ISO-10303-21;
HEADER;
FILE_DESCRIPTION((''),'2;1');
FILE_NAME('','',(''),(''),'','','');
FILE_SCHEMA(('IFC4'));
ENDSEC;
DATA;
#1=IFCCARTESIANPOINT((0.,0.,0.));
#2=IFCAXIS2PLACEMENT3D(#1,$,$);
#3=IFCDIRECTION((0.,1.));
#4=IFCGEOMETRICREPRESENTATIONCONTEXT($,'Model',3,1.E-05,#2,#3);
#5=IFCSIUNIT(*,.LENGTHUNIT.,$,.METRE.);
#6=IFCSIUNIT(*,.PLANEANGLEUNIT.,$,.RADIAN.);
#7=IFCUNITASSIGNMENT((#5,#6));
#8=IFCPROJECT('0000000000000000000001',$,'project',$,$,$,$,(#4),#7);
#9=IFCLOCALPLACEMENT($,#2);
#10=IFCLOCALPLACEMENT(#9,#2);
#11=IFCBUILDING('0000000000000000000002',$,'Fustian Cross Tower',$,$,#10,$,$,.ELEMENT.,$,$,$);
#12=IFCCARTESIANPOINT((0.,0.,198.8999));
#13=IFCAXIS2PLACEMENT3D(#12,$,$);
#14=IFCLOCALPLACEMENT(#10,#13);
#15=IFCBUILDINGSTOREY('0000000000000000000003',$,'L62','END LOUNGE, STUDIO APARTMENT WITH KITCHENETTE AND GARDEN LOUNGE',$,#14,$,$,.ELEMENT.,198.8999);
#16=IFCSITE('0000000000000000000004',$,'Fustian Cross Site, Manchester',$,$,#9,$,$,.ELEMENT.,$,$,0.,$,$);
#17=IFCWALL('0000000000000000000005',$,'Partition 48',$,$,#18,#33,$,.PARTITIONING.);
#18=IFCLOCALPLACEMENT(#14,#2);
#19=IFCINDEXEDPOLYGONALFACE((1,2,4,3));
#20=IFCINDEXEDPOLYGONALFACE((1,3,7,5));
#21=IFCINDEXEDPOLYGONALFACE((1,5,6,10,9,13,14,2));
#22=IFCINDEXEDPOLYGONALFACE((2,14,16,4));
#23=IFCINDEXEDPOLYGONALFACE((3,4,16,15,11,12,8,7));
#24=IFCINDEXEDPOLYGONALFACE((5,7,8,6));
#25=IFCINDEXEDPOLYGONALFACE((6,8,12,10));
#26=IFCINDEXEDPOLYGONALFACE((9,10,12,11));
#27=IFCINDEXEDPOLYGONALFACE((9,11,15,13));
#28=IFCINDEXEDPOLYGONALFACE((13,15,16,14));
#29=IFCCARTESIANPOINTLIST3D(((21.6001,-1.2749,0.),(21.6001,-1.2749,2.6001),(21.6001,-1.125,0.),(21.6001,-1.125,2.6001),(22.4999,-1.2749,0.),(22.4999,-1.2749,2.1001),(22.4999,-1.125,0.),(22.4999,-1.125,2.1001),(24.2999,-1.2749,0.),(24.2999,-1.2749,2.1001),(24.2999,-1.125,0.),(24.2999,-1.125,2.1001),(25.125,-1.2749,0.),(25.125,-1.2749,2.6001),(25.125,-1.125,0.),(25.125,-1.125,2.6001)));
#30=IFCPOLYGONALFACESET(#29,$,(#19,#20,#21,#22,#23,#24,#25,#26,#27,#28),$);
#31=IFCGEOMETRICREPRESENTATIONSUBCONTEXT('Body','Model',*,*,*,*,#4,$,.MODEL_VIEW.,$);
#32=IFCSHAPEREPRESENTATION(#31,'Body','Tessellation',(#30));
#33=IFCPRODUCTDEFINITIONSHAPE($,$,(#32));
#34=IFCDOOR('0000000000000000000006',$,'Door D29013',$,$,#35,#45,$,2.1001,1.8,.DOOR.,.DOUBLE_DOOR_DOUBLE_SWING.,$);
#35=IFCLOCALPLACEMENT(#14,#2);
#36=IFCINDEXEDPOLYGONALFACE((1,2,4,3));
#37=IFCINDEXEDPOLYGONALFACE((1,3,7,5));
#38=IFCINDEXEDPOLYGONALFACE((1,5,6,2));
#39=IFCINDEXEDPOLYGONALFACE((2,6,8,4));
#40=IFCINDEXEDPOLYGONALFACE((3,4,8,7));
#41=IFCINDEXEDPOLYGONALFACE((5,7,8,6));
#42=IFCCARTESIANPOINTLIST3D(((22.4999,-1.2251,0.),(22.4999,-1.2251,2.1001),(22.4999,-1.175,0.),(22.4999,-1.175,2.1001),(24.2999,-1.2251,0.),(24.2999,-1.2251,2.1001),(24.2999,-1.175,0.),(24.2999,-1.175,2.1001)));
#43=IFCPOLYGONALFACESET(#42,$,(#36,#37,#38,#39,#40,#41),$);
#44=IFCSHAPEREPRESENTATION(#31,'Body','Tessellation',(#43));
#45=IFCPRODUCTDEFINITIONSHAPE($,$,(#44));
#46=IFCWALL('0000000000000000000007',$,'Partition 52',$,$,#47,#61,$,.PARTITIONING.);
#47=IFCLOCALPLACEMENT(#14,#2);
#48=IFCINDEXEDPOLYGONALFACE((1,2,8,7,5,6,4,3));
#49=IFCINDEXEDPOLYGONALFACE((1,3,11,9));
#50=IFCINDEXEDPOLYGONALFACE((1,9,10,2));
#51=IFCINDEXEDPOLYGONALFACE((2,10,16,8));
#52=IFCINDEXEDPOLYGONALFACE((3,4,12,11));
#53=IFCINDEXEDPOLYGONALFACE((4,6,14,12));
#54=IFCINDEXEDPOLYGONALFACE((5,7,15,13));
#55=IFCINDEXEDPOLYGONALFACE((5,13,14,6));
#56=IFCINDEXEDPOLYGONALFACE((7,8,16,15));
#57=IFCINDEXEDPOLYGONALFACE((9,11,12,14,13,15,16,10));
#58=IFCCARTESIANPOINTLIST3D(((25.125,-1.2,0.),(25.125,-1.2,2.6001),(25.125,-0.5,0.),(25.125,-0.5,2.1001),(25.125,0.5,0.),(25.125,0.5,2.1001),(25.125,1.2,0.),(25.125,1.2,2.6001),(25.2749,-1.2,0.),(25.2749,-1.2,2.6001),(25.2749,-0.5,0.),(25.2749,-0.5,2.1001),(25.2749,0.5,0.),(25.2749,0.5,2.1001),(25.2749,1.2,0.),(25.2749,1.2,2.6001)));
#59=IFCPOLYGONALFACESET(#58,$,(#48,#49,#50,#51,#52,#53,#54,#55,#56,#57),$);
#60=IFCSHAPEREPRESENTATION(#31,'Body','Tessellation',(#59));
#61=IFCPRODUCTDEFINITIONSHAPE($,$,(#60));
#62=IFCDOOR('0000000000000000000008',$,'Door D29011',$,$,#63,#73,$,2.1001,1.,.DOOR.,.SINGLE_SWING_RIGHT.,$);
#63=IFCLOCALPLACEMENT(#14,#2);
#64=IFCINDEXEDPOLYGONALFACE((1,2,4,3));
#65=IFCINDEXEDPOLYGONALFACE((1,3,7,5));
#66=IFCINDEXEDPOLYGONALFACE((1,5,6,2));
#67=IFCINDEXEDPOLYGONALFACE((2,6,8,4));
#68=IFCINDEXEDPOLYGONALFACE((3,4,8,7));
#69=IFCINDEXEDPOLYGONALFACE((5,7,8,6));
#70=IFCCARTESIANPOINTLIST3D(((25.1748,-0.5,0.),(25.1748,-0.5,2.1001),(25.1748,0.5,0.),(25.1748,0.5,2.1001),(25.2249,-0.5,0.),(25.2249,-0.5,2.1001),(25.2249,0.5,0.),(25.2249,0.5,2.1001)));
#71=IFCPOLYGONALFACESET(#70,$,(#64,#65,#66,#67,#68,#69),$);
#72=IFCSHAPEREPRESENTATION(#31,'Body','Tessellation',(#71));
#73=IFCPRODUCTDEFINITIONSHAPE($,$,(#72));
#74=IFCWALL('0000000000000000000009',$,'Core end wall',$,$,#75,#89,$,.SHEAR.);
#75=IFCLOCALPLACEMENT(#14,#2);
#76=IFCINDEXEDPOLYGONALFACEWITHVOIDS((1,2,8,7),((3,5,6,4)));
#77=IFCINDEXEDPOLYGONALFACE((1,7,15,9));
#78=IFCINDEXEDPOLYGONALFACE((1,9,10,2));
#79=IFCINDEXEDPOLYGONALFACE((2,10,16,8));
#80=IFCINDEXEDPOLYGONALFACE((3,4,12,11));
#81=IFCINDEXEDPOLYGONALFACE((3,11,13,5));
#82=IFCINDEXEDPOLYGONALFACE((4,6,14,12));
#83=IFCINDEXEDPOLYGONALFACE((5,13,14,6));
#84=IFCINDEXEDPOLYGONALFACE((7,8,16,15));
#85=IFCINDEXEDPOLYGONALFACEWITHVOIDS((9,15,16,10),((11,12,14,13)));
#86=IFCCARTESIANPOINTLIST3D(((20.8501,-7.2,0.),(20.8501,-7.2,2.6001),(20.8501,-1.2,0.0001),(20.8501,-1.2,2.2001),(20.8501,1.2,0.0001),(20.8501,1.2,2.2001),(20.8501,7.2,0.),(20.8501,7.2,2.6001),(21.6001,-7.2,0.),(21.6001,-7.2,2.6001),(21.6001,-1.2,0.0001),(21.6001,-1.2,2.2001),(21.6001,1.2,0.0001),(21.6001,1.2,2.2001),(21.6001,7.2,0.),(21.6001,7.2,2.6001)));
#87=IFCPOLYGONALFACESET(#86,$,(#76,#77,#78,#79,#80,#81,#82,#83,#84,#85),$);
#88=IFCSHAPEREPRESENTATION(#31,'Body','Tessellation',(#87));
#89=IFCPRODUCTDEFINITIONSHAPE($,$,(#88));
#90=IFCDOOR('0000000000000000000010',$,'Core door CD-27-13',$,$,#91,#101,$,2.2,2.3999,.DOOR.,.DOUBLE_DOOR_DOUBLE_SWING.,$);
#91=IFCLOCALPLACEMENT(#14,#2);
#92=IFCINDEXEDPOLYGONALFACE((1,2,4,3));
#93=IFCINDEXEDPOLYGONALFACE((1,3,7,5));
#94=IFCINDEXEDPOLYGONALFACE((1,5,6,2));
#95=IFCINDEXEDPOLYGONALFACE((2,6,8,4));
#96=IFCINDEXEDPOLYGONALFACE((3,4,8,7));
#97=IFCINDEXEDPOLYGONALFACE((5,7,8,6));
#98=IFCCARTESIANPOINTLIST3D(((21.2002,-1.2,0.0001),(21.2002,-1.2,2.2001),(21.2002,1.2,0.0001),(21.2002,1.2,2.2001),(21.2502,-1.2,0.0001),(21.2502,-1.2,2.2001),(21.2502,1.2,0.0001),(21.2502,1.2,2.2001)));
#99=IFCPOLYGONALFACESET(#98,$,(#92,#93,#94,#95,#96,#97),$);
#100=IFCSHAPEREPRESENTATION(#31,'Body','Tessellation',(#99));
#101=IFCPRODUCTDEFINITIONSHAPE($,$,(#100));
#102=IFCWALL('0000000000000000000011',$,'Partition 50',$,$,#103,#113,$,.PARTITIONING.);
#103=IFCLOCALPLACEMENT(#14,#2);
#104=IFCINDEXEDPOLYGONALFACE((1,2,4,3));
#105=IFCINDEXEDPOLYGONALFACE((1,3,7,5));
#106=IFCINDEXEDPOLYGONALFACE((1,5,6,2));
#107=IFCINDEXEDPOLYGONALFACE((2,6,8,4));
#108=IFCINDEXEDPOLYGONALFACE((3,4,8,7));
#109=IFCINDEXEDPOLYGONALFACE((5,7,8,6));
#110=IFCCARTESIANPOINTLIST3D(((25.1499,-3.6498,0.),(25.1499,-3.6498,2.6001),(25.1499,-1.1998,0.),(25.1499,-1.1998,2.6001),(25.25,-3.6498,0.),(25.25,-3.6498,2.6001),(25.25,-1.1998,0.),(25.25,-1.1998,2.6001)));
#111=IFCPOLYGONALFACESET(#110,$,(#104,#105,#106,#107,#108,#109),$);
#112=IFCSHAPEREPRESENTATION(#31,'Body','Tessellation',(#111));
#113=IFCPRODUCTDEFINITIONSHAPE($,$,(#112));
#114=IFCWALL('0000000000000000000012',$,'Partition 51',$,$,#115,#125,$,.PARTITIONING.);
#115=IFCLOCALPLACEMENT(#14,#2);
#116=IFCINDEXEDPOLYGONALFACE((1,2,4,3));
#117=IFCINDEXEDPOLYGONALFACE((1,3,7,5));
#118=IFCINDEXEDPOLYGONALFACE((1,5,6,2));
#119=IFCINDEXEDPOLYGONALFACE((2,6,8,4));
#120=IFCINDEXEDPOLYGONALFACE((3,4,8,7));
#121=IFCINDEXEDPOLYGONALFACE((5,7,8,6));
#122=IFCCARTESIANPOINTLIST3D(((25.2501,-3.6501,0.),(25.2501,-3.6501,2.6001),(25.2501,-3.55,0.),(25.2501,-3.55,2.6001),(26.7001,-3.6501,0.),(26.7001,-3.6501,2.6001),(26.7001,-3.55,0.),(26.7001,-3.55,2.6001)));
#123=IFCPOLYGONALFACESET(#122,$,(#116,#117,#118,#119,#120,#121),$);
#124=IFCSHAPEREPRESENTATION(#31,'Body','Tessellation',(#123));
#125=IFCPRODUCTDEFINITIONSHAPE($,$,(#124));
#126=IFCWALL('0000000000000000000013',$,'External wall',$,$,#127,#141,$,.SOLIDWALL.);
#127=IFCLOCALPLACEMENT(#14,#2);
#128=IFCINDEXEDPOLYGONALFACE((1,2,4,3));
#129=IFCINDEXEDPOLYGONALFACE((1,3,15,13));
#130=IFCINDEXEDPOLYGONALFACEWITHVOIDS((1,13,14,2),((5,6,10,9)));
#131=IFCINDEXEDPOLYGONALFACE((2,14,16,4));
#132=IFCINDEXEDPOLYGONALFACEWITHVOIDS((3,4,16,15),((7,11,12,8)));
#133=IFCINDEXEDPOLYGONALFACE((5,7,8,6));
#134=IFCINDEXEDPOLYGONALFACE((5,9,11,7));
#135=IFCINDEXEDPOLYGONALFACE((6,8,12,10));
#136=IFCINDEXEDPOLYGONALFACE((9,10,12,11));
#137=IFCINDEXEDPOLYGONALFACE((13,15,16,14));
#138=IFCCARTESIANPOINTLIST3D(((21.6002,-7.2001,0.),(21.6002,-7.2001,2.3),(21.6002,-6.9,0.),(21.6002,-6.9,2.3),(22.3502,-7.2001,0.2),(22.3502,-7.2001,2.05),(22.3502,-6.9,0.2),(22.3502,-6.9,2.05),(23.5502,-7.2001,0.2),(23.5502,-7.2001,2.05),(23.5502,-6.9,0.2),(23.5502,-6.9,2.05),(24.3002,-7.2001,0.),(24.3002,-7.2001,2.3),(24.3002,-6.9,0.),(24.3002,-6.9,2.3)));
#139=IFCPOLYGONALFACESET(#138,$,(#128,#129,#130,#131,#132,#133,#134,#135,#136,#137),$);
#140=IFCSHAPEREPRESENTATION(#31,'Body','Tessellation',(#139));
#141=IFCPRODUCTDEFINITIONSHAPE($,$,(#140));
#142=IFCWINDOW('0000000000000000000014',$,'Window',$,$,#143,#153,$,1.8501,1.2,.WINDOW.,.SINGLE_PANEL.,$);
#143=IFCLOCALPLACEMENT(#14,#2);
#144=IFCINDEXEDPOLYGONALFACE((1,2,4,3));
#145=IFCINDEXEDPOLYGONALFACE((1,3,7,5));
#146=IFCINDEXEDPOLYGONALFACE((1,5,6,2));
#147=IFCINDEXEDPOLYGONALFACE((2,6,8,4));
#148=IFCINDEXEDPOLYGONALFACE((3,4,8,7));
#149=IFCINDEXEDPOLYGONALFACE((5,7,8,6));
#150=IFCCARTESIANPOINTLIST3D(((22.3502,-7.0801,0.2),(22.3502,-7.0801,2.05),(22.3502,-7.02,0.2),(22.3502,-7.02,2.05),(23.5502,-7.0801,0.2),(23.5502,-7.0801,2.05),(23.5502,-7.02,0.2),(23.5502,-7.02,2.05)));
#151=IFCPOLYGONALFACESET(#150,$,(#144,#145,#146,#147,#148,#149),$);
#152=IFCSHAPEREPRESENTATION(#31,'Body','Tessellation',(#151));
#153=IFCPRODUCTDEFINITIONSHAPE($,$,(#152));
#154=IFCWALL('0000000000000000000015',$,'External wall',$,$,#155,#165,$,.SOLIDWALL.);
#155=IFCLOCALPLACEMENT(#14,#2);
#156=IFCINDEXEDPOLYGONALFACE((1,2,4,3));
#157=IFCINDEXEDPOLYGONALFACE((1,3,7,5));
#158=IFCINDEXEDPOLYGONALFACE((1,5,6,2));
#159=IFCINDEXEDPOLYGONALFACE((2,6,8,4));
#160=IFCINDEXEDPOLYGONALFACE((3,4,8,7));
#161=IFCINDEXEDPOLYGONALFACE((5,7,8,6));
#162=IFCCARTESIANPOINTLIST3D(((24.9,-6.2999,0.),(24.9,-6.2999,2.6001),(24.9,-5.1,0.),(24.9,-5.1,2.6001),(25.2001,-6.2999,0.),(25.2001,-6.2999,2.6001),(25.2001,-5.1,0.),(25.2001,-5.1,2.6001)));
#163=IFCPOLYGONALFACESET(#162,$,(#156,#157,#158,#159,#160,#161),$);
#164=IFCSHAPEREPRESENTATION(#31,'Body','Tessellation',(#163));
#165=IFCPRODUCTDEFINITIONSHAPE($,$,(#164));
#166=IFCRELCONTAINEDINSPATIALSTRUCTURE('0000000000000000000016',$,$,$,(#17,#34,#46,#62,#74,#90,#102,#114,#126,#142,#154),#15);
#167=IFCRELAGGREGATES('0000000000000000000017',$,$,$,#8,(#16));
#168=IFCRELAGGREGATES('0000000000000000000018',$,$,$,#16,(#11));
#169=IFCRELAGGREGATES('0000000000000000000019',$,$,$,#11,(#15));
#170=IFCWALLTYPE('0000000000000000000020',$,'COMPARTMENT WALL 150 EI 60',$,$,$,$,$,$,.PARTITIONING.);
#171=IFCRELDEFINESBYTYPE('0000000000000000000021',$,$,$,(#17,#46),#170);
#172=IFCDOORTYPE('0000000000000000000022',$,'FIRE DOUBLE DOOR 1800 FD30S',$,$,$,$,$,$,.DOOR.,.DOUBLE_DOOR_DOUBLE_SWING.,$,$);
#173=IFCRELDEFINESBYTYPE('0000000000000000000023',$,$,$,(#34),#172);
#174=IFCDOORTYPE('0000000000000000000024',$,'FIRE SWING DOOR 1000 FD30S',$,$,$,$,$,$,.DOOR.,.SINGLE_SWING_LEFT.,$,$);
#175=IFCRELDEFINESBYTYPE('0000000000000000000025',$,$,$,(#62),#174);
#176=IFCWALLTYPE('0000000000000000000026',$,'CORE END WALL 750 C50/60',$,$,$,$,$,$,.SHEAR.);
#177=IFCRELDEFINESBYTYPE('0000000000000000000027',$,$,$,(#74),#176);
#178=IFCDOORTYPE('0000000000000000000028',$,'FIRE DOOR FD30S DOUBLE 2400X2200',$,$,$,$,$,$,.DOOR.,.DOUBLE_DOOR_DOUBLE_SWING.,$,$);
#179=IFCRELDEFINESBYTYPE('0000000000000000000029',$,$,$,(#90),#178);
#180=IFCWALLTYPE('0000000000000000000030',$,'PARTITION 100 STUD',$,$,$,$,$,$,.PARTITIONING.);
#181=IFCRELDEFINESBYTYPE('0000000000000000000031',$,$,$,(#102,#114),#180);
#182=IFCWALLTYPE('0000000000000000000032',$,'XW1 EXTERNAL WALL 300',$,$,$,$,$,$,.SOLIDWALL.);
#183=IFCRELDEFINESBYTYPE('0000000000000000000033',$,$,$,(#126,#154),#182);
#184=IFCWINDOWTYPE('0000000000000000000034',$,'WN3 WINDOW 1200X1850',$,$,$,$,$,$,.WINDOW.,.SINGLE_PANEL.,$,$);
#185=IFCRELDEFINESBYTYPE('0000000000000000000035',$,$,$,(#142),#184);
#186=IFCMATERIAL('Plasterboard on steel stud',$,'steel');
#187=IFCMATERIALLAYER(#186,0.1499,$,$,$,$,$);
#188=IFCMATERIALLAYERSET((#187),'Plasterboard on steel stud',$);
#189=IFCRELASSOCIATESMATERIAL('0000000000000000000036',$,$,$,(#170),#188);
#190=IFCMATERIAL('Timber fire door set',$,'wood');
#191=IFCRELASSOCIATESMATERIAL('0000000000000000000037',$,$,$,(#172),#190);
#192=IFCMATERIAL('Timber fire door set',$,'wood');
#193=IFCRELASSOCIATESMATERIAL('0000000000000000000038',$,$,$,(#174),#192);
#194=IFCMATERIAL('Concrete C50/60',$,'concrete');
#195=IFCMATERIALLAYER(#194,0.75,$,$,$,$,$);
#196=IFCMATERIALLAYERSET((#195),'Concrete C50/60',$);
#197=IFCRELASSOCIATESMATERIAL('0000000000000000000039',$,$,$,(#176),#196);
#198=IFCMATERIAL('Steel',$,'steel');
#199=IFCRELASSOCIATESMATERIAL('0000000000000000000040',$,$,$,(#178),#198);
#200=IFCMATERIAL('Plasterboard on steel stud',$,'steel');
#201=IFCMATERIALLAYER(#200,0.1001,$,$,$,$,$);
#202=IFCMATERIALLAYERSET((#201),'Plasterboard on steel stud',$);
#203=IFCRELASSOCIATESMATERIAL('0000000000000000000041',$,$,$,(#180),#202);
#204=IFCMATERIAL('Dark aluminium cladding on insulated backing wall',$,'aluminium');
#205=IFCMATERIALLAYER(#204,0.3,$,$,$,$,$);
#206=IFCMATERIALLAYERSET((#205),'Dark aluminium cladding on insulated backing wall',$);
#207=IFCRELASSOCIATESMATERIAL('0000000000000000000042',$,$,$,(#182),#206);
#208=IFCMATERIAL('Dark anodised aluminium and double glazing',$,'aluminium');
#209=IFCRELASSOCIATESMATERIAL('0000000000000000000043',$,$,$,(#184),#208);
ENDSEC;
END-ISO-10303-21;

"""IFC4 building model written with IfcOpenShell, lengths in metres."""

from ifc_helpers import new_model, si_unit, direction, frame, frame_2d, origin, place, context, subcontext, project, spatial, rectangle, extrude, material, layer, layer_set, type_object, element, fill, save


model = new_model("IFC4")

# Units and contexts
model_context = context("Model", 3, precision=1e-05, world=origin(), true_north=direction((0.0, 1.0)))
body_context = subcontext(model_context, "Body", "Model", "MODEL_VIEW")
ifc_project = project(units=[si_unit("LENGTHUNIT", "METRE"), si_unit("PLANEANGLEUNIT", "RADIAN")], contexts=[model_context])

# Site, building, storey
site_placement = place(None, origin())
site = spatial("IfcSite", under=ifc_project, at=site_placement, Name="Fustian Cross Site, Manchester", CompositionType="ELEMENT", RefElevation=0.0)
building_placement = place(site_placement, origin())
building = spatial("IfcBuilding", under=site, at=building_placement, Name="Fustian Cross Tower", CompositionType="ELEMENT")
storey_placement = place(building_placement, frame((0.0, 0.0, 198.8999)))
storey = spatial("IfcBuildingStorey", under=building, at=storey_placement, Name="L62", Description="END LOUNGE, STUDIO APARTMENT WITH KITCHENETTE AND GARDEN LOUNGE", CompositionType="ELEMENT", Elevation=198.8999)

# Walls, openings, doors
ifc_material_1 = material(Name="Plasterboard on steel stud", Category="steel")
ifc_layer_1 = layer(ifc_material_1, 0.1499)
ifc_layer_set_1 = layer_set([ifc_layer_1], Name="Plasterboard on steel stud")
wall_type_1 = type_object("IfcWallType", Name="COMPARTMENT WALL 150 EI 60", PredefinedType="PARTITIONING", material=ifc_layer_set_1)
wall_1_placement = place(storey_placement, frame((21.6001, -1.2, 0.0), z_axis=(0.0, 0.0, 1.0), x_axis=(1.0, 0.0, 0.0)))
wall_1 = element("IfcWall", 1, at=wall_1_placement, inside=storey, type_object=wall_type_1, Name="Partition 48", PredefinedType="PARTITIONING", context=body_context, shape_type="SweptSolid", body=[
    extrude(rectangle(XDim=3.5249, YDim=0.1499, at=frame_2d((1.7625, 0.0))), origin(), (0.0, 0.0, 1.0), 2.6001),
])
opening_1_placement = place(wall_1_placement, frame((0.8999, 0.0, 0.0)))
opening_1 = element("IfcOpeningElement", 2, at=opening_1_placement, cuts=wall_1, PredefinedType="OPENING", context=body_context, shape_type="SweptSolid", body=[
    extrude(rectangle(XDim=1.8, YDim=2.1001, at=frame_2d((0.8999, 1.05))), frame((0.0, 0.085, 0.0), z_axis=(0.0, -1.0, 0.0), x_axis=(1.0, 0.0, 0.0)), (0.0, 0.0, 1.0), 0.1699),
])
ifc_material_2 = material(Name="Timber fire door set", Category="wood")
door_type_1 = type_object("IfcDoorType", Name="FIRE DOUBLE DOOR 1800 FD30S", OperationType="DOUBLE_DOOR_DOUBLE_SWING", PredefinedType="DOOR", material=ifc_material_2)
door_1_placement = place(opening_1_placement, origin())
door_1 = element("IfcDoor", 3, at=door_1_placement, inside=storey, type_object=door_type_1, Name="Door D29013", OperationType="DOUBLE_DOOR_DOUBLE_SWING", OverallHeight=2.1001, OverallWidth=1.8, PredefinedType="DOOR", context=body_context, shape_type="SweptSolid", body=[
    extrude(rectangle(XDim=1.8, YDim=2.1001, at=frame_2d((0.8999, 1.05))), frame((0.0, 0.0249, 0.0), z_axis=(0.0, -1.0, 0.0), x_axis=(1.0, 0.0, 0.0)), (0.0, 0.0, 1.0), 0.05),
])
fill(opening_1, door_1)
wall_2_placement = place(storey_placement, frame((25.2, -1.2, 0.0), z_axis=(0.0, 0.0, 1.0), x_axis=(0.0, 1.0, 0.0)))
wall_2 = element("IfcWall", 4, at=wall_2_placement, inside=storey, type_object=wall_type_1, Name="Partition 52", PredefinedType="PARTITIONING", context=body_context, shape_type="SweptSolid", body=[
    extrude(rectangle(XDim=2.3999, YDim=0.1499, at=frame_2d((1.2, 0.0))), origin(), (0.0, 0.0, 1.0), 2.6001),
])
opening_2_placement = place(wall_2_placement, frame((0.7, 0.0, 0.0)))
opening_2 = element("IfcOpeningElement", 5, at=opening_2_placement, cuts=wall_2, PredefinedType="OPENING", context=body_context, shape_type="SweptSolid", body=[
    extrude(rectangle(XDim=1.0, YDim=2.1001, at=frame_2d((0.5, 1.05))), frame((0.0, 0.085, 0.0), z_axis=(0.0, -1.0, 0.0), x_axis=(1.0, 0.0, 0.0)), (0.0, 0.0, 1.0), 0.1699),
])
ifc_material_3 = material(Name="Timber fire door set", Category="wood")
door_type_2 = type_object("IfcDoorType", Name="FIRE SWING DOOR 1000 FD30S", OperationType="SINGLE_SWING_LEFT", PredefinedType="DOOR", material=ifc_material_3)
door_2_placement = place(opening_2_placement, frame((1.0, 0.0, 0.0), z_axis=(0.0, 0.0, 1.0), x_axis=(-1.0, 0.0, 0.0)))
door_2 = element("IfcDoor", 6, at=door_2_placement, inside=storey, type_object=door_type_2, Name="Door D29011", OperationType="SINGLE_SWING_RIGHT", OverallHeight=2.1001, OverallWidth=1.0, PredefinedType="DOOR", context=body_context, shape_type="SweptSolid", body=[
    extrude(rectangle(XDim=1.0, YDim=2.1001, at=frame_2d((0.5, 1.05))), frame((0.0, 0.0249, 0.0), z_axis=(0.0, -1.0, 0.0), x_axis=(1.0, 0.0, 0.0)), (0.0, 0.0, 1.0), 0.05),
])
fill(opening_2, door_2)
ifc_material_4 = material(Name="Concrete C50/60", Category="concrete")
ifc_layer_2 = layer(ifc_material_4, 0.75)
ifc_layer_set_2 = layer_set([ifc_layer_2], Name="Concrete C50/60")
wall_type_2 = type_object("IfcWallType", Name="CORE END WALL 750 C50/60", PredefinedType="SHEAR", material=ifc_layer_set_2)
wall_3_placement = place(storey_placement, frame((21.2251, -7.2, 0.0), z_axis=(0.0, 0.0, 1.0), x_axis=(0.0, 1.0, 0.0)))
wall_3 = element("IfcWall", 7, at=wall_3_placement, inside=storey, type_object=wall_type_2, Name="Core end wall", PredefinedType="SHEAR", context=body_context, shape_type="SweptSolid", body=[
    extrude(rectangle(XDim=14.3999, YDim=0.75, at=frame_2d((7.2, 0.0))), origin(), (0.0, 0.0, 1.0), 2.6001),
])
opening_3_placement = place(wall_3_placement, frame((6.0, 0.0, 0.0)))
opening_3 = element("IfcOpeningElement", 8, at=opening_3_placement, cuts=wall_3, PredefinedType="OPENING", context=body_context, shape_type="SweptSolid", body=[
    extrude(rectangle(XDim=2.3999, YDim=2.2, at=frame_2d((1.2, 1.1001))), frame((0.0, 0.385, 0.0), z_axis=(0.0, -1.0, 0.0), x_axis=(1.0, 0.0, 0.0)), (0.0, 0.0, 1.0), 0.77),
])
ifc_material_5 = material(Name="Steel", Category="steel")
door_type_3 = type_object("IfcDoorType", Name="FIRE DOOR FD30S DOUBLE 2400X2200", OperationType="DOUBLE_DOOR_DOUBLE_SWING", PredefinedType="DOOR", material=ifc_material_5)
door_3_placement = place(opening_3_placement, origin())
door_3 = element("IfcDoor", 9, at=door_3_placement, inside=storey, type_object=door_type_3, Name="Core door CD-27-13", OperationType="DOUBLE_DOOR_DOUBLE_SWING", OverallHeight=2.2, OverallWidth=2.3999, PredefinedType="DOOR", context=body_context, shape_type="SweptSolid", body=[
    extrude(rectangle(XDim=2.3999, YDim=2.2, at=frame_2d((1.2, 1.1001))), frame((0.0, 0.0249, 0.0), z_axis=(0.0, -1.0, 0.0), x_axis=(1.0, 0.0, 0.0)), (0.0, 0.0, 1.0), 0.05),
])
fill(opening_3, door_3)

# Walls
ifc_material_6 = material(Name="Plasterboard on steel stud", Category="steel")
ifc_layer_3 = layer(ifc_material_6, 0.1001)
ifc_layer_set_3 = layer_set([ifc_layer_3], Name="Plasterboard on steel stud")
wall_type_3 = type_object("IfcWallType", Name="PARTITION 100 STUD", PredefinedType="PARTITIONING", material=ifc_layer_set_3)
wall_4_placement = place(storey_placement, frame((25.2, -3.6499, 0.0), z_axis=(0.0, 0.0, 1.0), x_axis=(0.0, 1.0, 0.0)))
element("IfcWall", 10, at=wall_4_placement, inside=storey, type_object=wall_type_3, Name="Partition 50", PredefinedType="PARTITIONING", context=body_context, shape_type="SweptSolid", body=[
    extrude(rectangle(XDim=2.45, YDim=0.1001, at=frame_2d((1.2251, 0.0))), origin(), (0.0, 0.0, 1.0), 2.6001),
])
wall_5_placement = place(storey_placement, frame((25.25, -3.6001, 0.0), z_axis=(0.0, 0.0, 1.0), x_axis=(1.0, 0.0, 0.0)))
element("IfcWall", 11, at=wall_5_placement, inside=storey, type_object=wall_type_3, Name="Partition 51", PredefinedType="PARTITIONING", context=body_context, shape_type="SweptSolid", body=[
    extrude(rectangle(XDim=1.45, YDim=0.1001, at=frame_2d((0.7251, 0.0))), origin(), (0.0, 0.0, 1.0), 2.6001),
])

# Wall, opening, window
ifc_material_7 = material(Name="Dark aluminium cladding on insulated backing wall", Category="aluminium")
ifc_layer_4 = layer(ifc_material_7, 0.3)
ifc_layer_set_4 = layer_set([ifc_layer_4], Name="Dark aluminium cladding on insulated backing wall")
wall_type_4 = type_object("IfcWallType", Name="XW1 EXTERNAL WALL 300", PredefinedType="SOLIDWALL", material=ifc_layer_set_4)
wall_6_placement = place(storey_placement, frame((21.6001, -7.05, 0.0), z_axis=(0.0, 0.0, 1.0), x_axis=(1.0, 0.0, 0.0)))
wall_6 = element("IfcWall", 12, at=wall_6_placement, inside=storey, type_object=wall_type_4, Name="External wall", PredefinedType="SOLIDWALL", context=body_context, shape_type="SweptSolid", body=[
    extrude(rectangle(XDim=2.7, YDim=0.3, at=frame_2d((1.3501, 0.0))), origin(), (0.0, 0.0, 1.0), 2.3),
])
opening_4_placement = place(wall_6_placement, frame((0.75, 0.0, 0.2)))
opening_4 = element("IfcOpeningElement", 13, at=opening_4_placement, cuts=wall_6, PredefinedType="OPENING", context=body_context, shape_type="SweptSolid", body=[
    extrude(rectangle(XDim=1.2, YDim=1.8501, at=frame_2d((0.6001, 0.925))), frame((0.0, 0.1599, 0.0), z_axis=(0.0, -1.0, 0.0), x_axis=(1.0, 0.0, 0.0)), (0.0, 0.0, 1.0), 0.3201),
])
ifc_material_8 = material(Name="Dark anodised aluminium and double glazing", Category="aluminium")
window_type_1 = type_object("IfcWindowType", Name="WN3 WINDOW 1200X1850", PartitioningType="SINGLE_PANEL", PredefinedType="WINDOW", material=ifc_material_8)
window_1_placement = place(opening_4_placement, origin())
window_1 = element("IfcWindow", 14, at=window_1_placement, inside=storey, type_object=window_type_1, Name="Window", OverallHeight=1.8501, OverallWidth=1.2, PartitioningType="SINGLE_PANEL", PredefinedType="WINDOW", context=body_context, shape_type="SweptSolid", body=[
    extrude(rectangle(XDim=1.2, YDim=1.8501, at=frame_2d((0.6001, 0.925))), frame((0.0, 0.03, 0.0), z_axis=(0.0, -1.0, 0.0), x_axis=(1.0, 0.0, 0.0)), (0.0, 0.0, 1.0), 0.0601),
])
fill(opening_4, window_1)

# Wall
wall_7_placement = place(storey_placement, frame((25.05, -6.3, 0.0), z_axis=(0.0, 0.0, 1.0), x_axis=(0.0, 1.0, 0.0)))
element("IfcWall", 15, at=wall_7_placement, inside=storey, type_object=wall_type_4, Name="External wall", PredefinedType="SOLIDWALL", context=body_context, shape_type="SweptSolid", body=[
    extrude(rectangle(XDim=1.2, YDim=0.3, at=frame_2d((0.6001, 0.0))), origin(), (0.0, 0.0, 1.0), 2.6001),
])

save(model, "model.ifc")
